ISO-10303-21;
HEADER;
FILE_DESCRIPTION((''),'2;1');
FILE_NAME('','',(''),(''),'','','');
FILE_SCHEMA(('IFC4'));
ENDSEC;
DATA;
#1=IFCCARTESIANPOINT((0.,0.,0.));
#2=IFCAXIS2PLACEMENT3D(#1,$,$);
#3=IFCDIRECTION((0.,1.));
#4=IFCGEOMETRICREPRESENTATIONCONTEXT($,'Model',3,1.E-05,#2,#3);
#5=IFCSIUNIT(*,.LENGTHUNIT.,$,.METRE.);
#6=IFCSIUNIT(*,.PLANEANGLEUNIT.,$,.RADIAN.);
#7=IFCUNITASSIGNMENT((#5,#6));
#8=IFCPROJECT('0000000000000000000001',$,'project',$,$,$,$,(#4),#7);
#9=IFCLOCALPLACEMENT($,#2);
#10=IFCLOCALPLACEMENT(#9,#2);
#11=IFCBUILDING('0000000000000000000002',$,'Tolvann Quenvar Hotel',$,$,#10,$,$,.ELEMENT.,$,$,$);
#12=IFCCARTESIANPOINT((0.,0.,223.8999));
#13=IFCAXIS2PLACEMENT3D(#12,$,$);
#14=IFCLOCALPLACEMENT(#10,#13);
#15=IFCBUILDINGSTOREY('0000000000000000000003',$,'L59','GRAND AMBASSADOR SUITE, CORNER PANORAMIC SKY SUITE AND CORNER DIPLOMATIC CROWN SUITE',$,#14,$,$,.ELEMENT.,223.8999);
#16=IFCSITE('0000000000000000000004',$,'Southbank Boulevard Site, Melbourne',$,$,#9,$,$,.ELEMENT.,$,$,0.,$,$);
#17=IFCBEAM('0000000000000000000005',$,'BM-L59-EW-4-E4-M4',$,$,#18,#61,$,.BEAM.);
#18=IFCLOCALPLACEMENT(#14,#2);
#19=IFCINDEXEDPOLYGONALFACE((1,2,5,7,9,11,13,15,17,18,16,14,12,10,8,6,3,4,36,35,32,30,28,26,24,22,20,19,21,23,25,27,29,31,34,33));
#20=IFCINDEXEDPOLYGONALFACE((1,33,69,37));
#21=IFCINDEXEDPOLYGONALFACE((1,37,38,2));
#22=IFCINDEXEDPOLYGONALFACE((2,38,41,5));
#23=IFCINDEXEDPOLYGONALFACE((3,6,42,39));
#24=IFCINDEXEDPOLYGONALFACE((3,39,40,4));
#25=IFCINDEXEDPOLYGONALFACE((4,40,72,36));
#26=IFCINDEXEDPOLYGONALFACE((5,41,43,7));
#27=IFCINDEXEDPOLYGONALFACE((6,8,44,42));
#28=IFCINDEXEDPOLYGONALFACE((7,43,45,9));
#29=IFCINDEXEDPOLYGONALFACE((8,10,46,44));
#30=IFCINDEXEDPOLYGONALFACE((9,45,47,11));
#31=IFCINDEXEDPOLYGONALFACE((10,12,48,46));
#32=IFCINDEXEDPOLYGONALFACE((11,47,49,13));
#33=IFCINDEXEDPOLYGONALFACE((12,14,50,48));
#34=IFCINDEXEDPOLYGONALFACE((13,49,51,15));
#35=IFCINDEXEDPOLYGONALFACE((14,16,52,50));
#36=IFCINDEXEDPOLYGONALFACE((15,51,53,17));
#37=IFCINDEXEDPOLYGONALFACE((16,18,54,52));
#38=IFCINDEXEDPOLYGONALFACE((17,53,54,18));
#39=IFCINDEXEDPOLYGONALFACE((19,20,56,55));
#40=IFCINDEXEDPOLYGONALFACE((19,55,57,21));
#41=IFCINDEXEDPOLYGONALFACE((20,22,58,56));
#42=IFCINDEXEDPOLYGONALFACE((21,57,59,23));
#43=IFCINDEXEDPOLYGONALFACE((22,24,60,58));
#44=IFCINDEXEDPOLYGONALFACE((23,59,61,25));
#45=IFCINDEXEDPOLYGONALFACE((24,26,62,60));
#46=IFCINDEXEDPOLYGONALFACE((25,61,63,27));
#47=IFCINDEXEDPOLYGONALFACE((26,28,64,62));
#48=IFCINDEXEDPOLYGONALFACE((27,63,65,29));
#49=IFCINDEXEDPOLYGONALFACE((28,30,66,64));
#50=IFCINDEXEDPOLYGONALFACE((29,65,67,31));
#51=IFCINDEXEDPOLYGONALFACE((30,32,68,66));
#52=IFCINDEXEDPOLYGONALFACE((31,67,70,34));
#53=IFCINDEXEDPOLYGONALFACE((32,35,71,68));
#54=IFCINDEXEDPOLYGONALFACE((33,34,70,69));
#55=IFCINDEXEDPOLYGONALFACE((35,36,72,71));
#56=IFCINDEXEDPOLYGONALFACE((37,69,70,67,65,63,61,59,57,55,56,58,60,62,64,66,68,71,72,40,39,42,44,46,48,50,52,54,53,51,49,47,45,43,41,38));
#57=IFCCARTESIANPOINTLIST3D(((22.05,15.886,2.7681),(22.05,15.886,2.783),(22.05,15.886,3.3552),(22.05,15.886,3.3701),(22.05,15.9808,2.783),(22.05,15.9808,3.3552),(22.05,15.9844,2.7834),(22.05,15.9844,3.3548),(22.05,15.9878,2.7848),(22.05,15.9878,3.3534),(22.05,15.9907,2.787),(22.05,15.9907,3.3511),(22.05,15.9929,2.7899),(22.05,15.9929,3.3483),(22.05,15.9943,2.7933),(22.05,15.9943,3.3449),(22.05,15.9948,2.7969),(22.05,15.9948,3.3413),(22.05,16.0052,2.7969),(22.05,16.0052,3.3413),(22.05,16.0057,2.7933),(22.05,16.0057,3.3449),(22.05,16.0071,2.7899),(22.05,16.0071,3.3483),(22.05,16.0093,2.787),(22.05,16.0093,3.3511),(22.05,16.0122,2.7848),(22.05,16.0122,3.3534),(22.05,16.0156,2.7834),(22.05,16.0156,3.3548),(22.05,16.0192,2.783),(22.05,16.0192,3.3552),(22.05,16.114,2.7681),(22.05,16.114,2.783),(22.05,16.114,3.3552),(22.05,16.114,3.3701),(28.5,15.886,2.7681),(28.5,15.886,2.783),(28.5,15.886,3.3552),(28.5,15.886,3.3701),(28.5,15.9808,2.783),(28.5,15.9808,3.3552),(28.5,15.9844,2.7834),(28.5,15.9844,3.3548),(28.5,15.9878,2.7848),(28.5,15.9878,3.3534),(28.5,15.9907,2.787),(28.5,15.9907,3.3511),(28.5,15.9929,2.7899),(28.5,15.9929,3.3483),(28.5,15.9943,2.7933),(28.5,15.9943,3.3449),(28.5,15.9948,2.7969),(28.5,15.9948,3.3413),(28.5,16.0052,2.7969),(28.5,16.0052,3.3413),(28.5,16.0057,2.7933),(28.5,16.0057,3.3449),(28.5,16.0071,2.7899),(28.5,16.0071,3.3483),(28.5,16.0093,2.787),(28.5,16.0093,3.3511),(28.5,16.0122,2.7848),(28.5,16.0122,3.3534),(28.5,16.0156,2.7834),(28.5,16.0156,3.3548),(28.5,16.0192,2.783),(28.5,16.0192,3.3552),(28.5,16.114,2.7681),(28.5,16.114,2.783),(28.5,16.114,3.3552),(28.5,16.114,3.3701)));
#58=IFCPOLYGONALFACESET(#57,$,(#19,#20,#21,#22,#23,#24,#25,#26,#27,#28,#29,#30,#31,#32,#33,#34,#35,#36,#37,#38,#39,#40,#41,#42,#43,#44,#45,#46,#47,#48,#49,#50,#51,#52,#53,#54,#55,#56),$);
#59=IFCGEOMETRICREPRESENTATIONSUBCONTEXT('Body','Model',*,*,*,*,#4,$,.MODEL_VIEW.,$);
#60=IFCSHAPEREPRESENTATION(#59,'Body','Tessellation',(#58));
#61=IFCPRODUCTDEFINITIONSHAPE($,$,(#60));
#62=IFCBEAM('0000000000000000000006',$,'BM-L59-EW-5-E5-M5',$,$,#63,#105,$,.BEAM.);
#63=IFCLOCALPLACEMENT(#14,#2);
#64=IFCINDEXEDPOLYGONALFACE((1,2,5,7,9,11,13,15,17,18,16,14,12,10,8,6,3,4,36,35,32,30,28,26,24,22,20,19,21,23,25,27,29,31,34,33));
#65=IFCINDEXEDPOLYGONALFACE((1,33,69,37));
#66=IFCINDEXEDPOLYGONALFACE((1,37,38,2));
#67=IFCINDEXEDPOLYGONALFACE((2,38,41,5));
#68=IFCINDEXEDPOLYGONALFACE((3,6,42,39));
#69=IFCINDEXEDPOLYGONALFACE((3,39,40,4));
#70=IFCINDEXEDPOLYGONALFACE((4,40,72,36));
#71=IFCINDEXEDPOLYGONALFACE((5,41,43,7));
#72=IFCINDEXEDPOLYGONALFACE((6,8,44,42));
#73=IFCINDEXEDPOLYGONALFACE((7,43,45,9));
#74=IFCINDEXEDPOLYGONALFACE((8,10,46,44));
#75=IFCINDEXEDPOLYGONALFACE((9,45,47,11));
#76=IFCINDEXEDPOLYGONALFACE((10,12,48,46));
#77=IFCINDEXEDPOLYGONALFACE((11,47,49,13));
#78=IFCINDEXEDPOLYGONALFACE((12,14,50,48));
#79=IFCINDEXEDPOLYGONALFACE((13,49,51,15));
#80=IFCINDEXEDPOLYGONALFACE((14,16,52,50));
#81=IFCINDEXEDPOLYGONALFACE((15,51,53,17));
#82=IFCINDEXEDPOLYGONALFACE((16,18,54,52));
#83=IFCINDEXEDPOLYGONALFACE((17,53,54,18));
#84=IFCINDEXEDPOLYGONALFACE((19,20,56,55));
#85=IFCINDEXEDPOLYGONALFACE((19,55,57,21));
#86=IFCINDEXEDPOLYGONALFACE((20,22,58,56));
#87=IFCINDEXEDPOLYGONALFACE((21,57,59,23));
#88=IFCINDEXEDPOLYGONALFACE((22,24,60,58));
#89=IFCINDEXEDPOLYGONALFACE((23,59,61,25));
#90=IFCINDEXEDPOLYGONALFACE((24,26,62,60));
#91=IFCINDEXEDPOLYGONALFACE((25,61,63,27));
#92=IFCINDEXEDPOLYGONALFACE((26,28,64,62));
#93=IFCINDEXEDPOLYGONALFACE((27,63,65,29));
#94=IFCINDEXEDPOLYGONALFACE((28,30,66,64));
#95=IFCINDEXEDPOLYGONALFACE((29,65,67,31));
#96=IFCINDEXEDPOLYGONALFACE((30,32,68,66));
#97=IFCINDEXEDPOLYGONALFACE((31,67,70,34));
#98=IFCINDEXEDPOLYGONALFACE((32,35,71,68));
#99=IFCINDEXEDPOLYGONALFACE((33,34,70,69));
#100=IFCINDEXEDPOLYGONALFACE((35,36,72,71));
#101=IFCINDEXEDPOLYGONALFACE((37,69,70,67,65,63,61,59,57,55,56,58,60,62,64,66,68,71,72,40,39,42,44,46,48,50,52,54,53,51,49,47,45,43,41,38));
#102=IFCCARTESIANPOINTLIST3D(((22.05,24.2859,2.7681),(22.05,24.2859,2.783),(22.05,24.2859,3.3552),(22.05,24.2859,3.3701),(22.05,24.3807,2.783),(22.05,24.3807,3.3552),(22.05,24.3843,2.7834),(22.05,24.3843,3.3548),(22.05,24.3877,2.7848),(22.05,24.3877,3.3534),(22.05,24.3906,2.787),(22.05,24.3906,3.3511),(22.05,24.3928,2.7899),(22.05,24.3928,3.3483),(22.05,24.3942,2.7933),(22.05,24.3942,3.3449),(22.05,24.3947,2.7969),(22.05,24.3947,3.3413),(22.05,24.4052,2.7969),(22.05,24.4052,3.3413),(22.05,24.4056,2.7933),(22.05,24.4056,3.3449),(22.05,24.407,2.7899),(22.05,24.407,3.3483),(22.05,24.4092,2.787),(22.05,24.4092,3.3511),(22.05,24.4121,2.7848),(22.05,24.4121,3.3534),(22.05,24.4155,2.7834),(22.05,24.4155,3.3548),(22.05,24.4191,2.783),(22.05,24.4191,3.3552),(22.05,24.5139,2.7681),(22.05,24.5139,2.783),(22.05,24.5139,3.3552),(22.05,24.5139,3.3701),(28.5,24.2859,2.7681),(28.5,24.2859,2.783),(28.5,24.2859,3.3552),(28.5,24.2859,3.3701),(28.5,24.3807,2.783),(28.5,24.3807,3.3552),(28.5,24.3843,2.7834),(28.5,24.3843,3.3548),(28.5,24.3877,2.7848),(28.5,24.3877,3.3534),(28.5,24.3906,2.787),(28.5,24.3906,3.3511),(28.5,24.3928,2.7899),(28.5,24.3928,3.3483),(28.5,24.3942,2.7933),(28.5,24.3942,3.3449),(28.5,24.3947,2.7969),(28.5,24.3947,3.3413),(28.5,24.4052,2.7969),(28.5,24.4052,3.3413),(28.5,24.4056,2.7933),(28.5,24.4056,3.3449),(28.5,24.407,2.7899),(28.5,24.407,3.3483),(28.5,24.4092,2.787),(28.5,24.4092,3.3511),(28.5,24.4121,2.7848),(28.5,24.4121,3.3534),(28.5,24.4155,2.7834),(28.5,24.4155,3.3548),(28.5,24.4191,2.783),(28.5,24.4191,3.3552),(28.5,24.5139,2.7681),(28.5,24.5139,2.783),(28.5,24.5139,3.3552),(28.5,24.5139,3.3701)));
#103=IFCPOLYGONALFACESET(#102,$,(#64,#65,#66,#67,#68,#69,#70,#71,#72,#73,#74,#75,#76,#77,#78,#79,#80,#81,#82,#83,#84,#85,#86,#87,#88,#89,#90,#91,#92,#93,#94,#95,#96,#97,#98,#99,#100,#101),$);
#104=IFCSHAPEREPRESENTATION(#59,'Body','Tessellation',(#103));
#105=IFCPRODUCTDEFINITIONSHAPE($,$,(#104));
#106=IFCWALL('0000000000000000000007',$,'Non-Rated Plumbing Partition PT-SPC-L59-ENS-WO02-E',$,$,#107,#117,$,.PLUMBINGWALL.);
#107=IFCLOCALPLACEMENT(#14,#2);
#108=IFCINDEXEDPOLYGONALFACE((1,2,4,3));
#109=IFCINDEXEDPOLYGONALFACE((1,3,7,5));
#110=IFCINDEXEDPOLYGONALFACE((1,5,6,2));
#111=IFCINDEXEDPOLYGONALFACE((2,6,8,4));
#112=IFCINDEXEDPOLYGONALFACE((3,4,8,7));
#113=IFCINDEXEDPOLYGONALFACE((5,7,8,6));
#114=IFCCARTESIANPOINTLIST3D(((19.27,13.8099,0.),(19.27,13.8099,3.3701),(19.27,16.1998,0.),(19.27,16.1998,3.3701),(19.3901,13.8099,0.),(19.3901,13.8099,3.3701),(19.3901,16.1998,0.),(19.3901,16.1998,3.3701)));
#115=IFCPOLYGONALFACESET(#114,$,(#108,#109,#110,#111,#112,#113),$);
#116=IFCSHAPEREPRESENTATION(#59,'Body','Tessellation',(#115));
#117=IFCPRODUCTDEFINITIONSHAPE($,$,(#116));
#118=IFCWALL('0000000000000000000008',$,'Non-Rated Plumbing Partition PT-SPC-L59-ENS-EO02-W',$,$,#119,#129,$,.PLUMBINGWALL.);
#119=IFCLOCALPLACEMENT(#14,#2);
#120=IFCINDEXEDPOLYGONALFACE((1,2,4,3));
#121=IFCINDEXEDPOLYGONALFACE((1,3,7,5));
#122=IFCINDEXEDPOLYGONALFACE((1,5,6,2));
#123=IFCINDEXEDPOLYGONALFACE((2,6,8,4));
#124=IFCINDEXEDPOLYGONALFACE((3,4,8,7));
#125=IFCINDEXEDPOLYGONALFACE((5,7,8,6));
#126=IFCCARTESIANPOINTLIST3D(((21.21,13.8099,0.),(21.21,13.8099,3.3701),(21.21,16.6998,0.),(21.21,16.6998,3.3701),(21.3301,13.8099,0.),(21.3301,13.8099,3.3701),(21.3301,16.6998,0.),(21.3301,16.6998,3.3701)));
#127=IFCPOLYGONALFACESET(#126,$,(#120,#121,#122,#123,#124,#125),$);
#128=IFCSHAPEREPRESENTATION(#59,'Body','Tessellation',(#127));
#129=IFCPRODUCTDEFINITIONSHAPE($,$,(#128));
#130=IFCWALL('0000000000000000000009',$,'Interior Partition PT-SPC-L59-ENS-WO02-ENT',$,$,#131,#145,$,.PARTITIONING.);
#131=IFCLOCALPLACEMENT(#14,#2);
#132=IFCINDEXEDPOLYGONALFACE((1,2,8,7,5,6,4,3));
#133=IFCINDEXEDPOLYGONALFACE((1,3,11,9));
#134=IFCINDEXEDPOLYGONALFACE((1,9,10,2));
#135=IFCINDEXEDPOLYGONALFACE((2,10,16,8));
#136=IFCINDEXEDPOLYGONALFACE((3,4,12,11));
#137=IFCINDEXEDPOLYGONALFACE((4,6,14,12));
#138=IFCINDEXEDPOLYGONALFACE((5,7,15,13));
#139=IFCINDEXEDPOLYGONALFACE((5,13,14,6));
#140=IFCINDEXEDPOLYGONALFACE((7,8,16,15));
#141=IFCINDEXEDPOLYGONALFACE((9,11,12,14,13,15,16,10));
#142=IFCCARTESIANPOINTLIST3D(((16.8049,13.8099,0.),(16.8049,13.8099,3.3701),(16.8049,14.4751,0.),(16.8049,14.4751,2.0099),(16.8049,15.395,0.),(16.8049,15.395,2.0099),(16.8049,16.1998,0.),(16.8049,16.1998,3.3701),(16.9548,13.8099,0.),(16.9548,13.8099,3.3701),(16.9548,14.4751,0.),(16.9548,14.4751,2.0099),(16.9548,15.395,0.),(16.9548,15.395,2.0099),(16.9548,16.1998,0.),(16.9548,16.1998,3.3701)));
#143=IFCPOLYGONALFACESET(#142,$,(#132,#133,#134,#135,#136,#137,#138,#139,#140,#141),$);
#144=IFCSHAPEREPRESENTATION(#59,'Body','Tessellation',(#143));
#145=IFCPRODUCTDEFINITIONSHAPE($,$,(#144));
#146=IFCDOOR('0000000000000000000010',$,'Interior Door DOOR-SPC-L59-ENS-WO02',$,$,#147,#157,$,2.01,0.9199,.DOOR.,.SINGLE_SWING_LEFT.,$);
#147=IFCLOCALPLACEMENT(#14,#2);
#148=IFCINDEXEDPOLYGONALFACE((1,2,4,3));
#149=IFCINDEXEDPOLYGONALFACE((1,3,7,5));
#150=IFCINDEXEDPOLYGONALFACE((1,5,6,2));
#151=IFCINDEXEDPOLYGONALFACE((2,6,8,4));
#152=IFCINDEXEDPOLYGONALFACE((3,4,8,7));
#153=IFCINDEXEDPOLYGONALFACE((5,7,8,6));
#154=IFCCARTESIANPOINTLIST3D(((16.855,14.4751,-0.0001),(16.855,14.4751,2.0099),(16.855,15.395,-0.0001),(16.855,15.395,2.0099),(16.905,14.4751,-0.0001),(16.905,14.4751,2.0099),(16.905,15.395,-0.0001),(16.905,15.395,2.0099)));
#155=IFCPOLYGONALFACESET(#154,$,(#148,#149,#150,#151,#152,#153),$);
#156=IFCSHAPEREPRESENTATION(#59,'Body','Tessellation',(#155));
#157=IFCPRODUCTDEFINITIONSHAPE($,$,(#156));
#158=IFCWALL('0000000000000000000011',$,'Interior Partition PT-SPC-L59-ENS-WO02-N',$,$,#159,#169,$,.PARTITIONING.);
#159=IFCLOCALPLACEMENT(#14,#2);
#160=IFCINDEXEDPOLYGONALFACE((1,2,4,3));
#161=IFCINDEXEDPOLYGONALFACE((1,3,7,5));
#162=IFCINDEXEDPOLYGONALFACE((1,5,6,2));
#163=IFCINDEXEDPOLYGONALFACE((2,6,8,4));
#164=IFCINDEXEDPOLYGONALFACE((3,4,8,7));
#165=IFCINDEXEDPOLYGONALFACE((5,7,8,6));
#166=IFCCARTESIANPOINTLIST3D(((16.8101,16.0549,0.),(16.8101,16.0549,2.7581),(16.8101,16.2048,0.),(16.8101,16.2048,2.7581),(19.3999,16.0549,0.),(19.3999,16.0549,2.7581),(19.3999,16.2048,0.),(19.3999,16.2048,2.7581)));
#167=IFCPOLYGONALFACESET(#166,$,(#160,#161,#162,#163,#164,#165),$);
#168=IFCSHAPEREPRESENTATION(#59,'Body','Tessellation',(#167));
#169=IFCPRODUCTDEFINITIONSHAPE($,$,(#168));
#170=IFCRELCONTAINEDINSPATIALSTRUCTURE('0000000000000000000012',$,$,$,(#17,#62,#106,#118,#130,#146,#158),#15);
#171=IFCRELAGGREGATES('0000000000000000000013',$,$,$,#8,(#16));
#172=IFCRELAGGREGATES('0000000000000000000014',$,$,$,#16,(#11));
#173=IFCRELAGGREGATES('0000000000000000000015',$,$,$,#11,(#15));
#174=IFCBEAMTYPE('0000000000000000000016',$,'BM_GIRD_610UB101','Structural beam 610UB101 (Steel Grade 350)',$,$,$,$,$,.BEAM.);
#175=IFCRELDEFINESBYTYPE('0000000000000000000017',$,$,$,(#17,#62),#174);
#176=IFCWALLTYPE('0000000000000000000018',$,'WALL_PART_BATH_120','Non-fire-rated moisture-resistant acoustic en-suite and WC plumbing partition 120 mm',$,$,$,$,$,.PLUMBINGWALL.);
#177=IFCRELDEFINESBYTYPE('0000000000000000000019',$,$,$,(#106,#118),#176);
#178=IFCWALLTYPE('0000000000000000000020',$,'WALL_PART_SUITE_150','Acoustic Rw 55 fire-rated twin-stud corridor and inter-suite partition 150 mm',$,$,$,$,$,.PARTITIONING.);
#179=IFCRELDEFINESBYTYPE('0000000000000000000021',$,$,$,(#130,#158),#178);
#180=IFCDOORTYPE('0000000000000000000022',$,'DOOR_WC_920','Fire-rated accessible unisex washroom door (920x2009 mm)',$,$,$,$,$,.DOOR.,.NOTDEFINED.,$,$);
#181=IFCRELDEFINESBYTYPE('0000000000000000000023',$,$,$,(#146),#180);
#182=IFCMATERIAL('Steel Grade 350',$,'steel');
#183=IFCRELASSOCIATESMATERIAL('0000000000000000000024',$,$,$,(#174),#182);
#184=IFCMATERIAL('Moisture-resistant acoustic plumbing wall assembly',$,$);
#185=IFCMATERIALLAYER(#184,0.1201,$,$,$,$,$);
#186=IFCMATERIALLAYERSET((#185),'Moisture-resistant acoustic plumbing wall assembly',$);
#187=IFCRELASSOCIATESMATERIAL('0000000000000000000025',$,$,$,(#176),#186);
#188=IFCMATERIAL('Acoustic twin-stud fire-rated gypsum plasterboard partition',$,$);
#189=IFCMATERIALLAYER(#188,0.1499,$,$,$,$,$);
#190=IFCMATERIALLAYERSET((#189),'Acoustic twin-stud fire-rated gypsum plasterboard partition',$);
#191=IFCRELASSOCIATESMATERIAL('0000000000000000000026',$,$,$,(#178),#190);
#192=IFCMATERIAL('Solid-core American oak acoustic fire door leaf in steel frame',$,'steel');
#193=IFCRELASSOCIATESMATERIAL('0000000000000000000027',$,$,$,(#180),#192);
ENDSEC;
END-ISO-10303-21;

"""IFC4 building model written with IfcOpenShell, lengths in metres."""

from ifc_helpers import new_model, si_unit, direction, frame, frame_2d, origin, origin_2d, place, context, subcontext, project, spatial, rectangle, i_section, extrude, source, transform, mapped, material, layer, layer_set, material_profile, profile_set, type_object, type_shapes, element, fill, save


model = new_model("IFC4")

# Units and contexts
model_context = context("Model", 3, precision=1e-05, world=origin(), true_north=direction((0.0, 1.0)))
body_context = subcontext(model_context, "Body", "Model", "MODEL_VIEW")
ifc_project = project(units=[si_unit("LENGTHUNIT", "METRE"), si_unit("PLANEANGLEUNIT", "RADIAN")], contexts=[model_context])

# Site, building, storey
site_placement = place(None, origin())
site = spatial("IfcSite", under=ifc_project, at=site_placement, Name="Southbank Boulevard Site, Melbourne", CompositionType="ELEMENT", RefElevation=0.0)
building_placement = place(site_placement, origin())
building = spatial("IfcBuilding", under=site, at=building_placement, Name="Tolvann Quenvar Hotel", CompositionType="ELEMENT")
storey_placement = place(building_placement, frame((0.0, 0.0, 223.8999)))
storey = spatial("IfcBuildingStorey", under=building, at=storey_placement, Name="L59", Description="GRAND AMBASSADOR SUITE, CORNER PANORAMIC SKY SUITE AND CORNER DIPLOMATIC CROWN SUITE", CompositionType="ELEMENT", Elevation=223.8999)

# Shared definitions
ifc_material_1 = material(Name="Steel Grade 350", Category="steel")

# Beams
ifc_material_profile_1 = material_profile(ifc_material_1, i_section(OverallWidth=0.228, OverallDepth=0.6021, WebThickness=0.0105, FlangeThickness=0.0149, FilletRadius=0.0139, at=origin_2d()), Name="610UB101")
ifc_profile_set_1 = profile_set([ifc_material_profile_1], Name="Steel Grade 350")
beam_type_1 = type_object("IfcBeamType", Name="BM_GIRD_610UB101", Description="Structural beam 610UB101 (Steel Grade 350)", PredefinedType="BEAM", material=ifc_profile_set_1)
shared_shape_1 = source(origin(), body_context, "Body", "SweptSolid", [
    extrude(i_section(OverallWidth=0.228, OverallDepth=0.6021, WebThickness=0.0105, FlangeThickness=0.0149, FilletRadius=0.0139, at=origin_2d()), origin(), (0.0, 0.0, 1.0), 6.45),
])
for number, where, z_axis, x_axis, name in (
    (1, (22.05, 16.0, 3.0691), (1.0, 0.0, 0.0), (0.0, 1.0, 0.0), "BM-L59-EW-4-E4-M4"),
    (2, (22.05, 24.3999, 3.0691), (1.0, 0.0, 0.0), (0.0, 1.0, 0.0), "BM-L59-EW-5-E5-M5"),
):
    element("IfcBeam", number, at=place(storey_placement, frame(where, z_axis=z_axis, x_axis=x_axis)), inside=storey, type_object=beam_type_1, Name=name, PredefinedType="BEAM", context=body_context, shape_type="MappedRepresentation", body=[
        mapped(shared_shape_1, transform((0.0, 0.0, 0.0), x_axis=(1.0, 0.0, 0.0), y_axis=(0.0, 1.0, 0.0), z_axis=(0.0, 0.0, 1.0), scale=1.0)),
    ])

# Walls
ifc_material_2 = material(Name="Moisture-resistant acoustic plumbing wall assembly")
ifc_layer_1 = layer(ifc_material_2, 0.1201)
ifc_layer_set_1 = layer_set([ifc_layer_1], Name="Moisture-resistant acoustic plumbing wall assembly")
wall_type_1 = type_object("IfcWallType", Name="WALL_PART_BATH_120", Description="Non-fire-rated moisture-resistant acoustic en-suite and WC plumbing partition 120 mm", PredefinedType="PLUMBINGWALL", material=ifc_layer_set_1)
wall_1_placement = place(storey_placement, frame((19.3301, 13.8101, 0.0), z_axis=(0.0, 0.0, 1.0), x_axis=(0.0, 1.0, 0.0)))
element("IfcWall", 3, at=wall_1_placement, inside=storey, type_object=wall_type_1, Name="Non-Rated Plumbing Partition PT-SPC-L59-ENS-WO02-E", PredefinedType="PLUMBINGWALL", context=body_context, shape_type="SweptSolid", body=[
    extrude(rectangle(XDim=2.3899, YDim=0.1201, at=frame_2d((1.1948, 0.0))), origin(), (0.0, 0.0, 1.0), 3.3701),
])
wall_2_placement = place(storey_placement, frame((21.27, 13.8101, 0.0), z_axis=(0.0, 0.0, 1.0), x_axis=(0.0, 1.0, 0.0)))
element("IfcWall", 4, at=wall_2_placement, inside=storey, type_object=wall_type_1, Name="Non-Rated Plumbing Partition PT-SPC-L59-ENS-EO02-W", PredefinedType="PLUMBINGWALL", context=body_context, shape_type="SweptSolid", body=[
    extrude(rectangle(XDim=2.8899, YDim=0.1201, at=frame_2d((1.4448, 0.0))), origin(), (0.0, 0.0, 1.0), 3.3701),
])

# Wall, opening, door
ifc_material_3 = material(Name="Acoustic twin-stud fire-rated gypsum plasterboard partition")
ifc_layer_2 = layer(ifc_material_3, 0.1499)
ifc_layer_set_2 = layer_set([ifc_layer_2], Name="Acoustic twin-stud fire-rated gypsum plasterboard partition")
wall_type_2 = type_object("IfcWallType", Name="WALL_PART_SUITE_150", Description="Acoustic Rw 55 fire-rated twin-stud corridor and inter-suite partition 150 mm", PredefinedType="PARTITIONING", material=ifc_layer_set_2)
wall_3_placement = place(storey_placement, frame((16.8799, 13.8101, 0.0), z_axis=(0.0, 0.0, 1.0), x_axis=(0.0, 1.0, 0.0)))
wall_3 = element("IfcWall", 5, at=wall_3_placement, inside=storey, type_object=wall_type_2, Name="Interior Partition PT-SPC-L59-ENS-WO02-ENT", PredefinedType="PARTITIONING", context=body_context, shape_type="SweptSolid", body=[
    extrude(rectangle(XDim=2.3899, YDim=0.1499, at=frame_2d((1.1948, 0.0))), origin(), (0.0, 0.0, 1.0), 3.3701),
])
opening_1_placement = place(wall_3_placement, frame((0.665, 0.0, 0.0)))
opening_1 = element("IfcOpeningElement", 6, at=opening_1_placement, cuts=wall_3, PredefinedType="OPENING", context=body_context, shape_type="SweptSolid", body=[
    extrude(rectangle(XDim=0.9199, YDim=2.01, at=frame_2d((0.46, 1.0049))), frame((0.0, 0.085, 0.0), z_axis=(0.0, -1.0, 0.0), x_axis=(1.0, 0.0, 0.0)), (0.0, 0.0, 1.0), 0.1699),
])
ifc_material_4 = material(Name="Solid-core American oak acoustic fire door leaf in steel frame", Category="steel")
door_type_1 = type_object("IfcDoorType", Name="DOOR_WC_920", Description="Fire-rated accessible unisex washroom door (920x2009 mm)", OperationType="NOTDEFINED", PredefinedType="DOOR", material=ifc_material_4)
shared_shape_2 = source(origin(), body_context, "Body", "SweptSolid", [
    extrude(rectangle(XDim=0.9199, YDim=2.01, at=frame_2d((0.46, 1.0049))), frame((0.0, 0.0249, 0.0), z_axis=(0.0, -1.0, 0.0), x_axis=(1.0, 0.0, 0.0)), (0.0, 0.0, 1.0), 0.05),
])
type_shapes(door_type_1, [shared_shape_2])
door_1_placement = place(opening_1_placement, origin())
door_1 = element("IfcDoor", 7, at=door_1_placement, inside=storey, type_object=door_type_1, Name="Interior Door DOOR-SPC-L59-ENS-WO02", OperationType="SINGLE_SWING_LEFT", OverallHeight=2.01, OverallWidth=0.9199, PredefinedType="DOOR", context=body_context, shape_type="MappedRepresentation", body=[
    mapped(shared_shape_2, transform((0.0, 0.0, 0.0), x_axis=(1.0, 0.0, 0.0), y_axis=(0.0, 1.0, 0.0), z_axis=(0.0, 0.0, 1.0), scale=1.0)),
])
fill(opening_1, door_1)

# Wall
wall_4_placement = place(storey_placement, frame((16.8101, 16.1299, 0.0), z_axis=(0.0, 0.0, 1.0), x_axis=(1.0, 0.0, 0.0)))
element("IfcWall", 8, at=wall_4_placement, inside=storey, type_object=wall_type_2, Name="Interior Partition PT-SPC-L59-ENS-WO02-N", PredefinedType="PARTITIONING", context=body_context, shape_type="SweptSolid", body=[
    extrude(rectangle(XDim=2.5898, YDim=0.1499, at=frame_2d((1.2949, 0.0))), origin(), (0.0, 0.0, 1.0), 2.7581),
])

save(model, "model.ifc")
